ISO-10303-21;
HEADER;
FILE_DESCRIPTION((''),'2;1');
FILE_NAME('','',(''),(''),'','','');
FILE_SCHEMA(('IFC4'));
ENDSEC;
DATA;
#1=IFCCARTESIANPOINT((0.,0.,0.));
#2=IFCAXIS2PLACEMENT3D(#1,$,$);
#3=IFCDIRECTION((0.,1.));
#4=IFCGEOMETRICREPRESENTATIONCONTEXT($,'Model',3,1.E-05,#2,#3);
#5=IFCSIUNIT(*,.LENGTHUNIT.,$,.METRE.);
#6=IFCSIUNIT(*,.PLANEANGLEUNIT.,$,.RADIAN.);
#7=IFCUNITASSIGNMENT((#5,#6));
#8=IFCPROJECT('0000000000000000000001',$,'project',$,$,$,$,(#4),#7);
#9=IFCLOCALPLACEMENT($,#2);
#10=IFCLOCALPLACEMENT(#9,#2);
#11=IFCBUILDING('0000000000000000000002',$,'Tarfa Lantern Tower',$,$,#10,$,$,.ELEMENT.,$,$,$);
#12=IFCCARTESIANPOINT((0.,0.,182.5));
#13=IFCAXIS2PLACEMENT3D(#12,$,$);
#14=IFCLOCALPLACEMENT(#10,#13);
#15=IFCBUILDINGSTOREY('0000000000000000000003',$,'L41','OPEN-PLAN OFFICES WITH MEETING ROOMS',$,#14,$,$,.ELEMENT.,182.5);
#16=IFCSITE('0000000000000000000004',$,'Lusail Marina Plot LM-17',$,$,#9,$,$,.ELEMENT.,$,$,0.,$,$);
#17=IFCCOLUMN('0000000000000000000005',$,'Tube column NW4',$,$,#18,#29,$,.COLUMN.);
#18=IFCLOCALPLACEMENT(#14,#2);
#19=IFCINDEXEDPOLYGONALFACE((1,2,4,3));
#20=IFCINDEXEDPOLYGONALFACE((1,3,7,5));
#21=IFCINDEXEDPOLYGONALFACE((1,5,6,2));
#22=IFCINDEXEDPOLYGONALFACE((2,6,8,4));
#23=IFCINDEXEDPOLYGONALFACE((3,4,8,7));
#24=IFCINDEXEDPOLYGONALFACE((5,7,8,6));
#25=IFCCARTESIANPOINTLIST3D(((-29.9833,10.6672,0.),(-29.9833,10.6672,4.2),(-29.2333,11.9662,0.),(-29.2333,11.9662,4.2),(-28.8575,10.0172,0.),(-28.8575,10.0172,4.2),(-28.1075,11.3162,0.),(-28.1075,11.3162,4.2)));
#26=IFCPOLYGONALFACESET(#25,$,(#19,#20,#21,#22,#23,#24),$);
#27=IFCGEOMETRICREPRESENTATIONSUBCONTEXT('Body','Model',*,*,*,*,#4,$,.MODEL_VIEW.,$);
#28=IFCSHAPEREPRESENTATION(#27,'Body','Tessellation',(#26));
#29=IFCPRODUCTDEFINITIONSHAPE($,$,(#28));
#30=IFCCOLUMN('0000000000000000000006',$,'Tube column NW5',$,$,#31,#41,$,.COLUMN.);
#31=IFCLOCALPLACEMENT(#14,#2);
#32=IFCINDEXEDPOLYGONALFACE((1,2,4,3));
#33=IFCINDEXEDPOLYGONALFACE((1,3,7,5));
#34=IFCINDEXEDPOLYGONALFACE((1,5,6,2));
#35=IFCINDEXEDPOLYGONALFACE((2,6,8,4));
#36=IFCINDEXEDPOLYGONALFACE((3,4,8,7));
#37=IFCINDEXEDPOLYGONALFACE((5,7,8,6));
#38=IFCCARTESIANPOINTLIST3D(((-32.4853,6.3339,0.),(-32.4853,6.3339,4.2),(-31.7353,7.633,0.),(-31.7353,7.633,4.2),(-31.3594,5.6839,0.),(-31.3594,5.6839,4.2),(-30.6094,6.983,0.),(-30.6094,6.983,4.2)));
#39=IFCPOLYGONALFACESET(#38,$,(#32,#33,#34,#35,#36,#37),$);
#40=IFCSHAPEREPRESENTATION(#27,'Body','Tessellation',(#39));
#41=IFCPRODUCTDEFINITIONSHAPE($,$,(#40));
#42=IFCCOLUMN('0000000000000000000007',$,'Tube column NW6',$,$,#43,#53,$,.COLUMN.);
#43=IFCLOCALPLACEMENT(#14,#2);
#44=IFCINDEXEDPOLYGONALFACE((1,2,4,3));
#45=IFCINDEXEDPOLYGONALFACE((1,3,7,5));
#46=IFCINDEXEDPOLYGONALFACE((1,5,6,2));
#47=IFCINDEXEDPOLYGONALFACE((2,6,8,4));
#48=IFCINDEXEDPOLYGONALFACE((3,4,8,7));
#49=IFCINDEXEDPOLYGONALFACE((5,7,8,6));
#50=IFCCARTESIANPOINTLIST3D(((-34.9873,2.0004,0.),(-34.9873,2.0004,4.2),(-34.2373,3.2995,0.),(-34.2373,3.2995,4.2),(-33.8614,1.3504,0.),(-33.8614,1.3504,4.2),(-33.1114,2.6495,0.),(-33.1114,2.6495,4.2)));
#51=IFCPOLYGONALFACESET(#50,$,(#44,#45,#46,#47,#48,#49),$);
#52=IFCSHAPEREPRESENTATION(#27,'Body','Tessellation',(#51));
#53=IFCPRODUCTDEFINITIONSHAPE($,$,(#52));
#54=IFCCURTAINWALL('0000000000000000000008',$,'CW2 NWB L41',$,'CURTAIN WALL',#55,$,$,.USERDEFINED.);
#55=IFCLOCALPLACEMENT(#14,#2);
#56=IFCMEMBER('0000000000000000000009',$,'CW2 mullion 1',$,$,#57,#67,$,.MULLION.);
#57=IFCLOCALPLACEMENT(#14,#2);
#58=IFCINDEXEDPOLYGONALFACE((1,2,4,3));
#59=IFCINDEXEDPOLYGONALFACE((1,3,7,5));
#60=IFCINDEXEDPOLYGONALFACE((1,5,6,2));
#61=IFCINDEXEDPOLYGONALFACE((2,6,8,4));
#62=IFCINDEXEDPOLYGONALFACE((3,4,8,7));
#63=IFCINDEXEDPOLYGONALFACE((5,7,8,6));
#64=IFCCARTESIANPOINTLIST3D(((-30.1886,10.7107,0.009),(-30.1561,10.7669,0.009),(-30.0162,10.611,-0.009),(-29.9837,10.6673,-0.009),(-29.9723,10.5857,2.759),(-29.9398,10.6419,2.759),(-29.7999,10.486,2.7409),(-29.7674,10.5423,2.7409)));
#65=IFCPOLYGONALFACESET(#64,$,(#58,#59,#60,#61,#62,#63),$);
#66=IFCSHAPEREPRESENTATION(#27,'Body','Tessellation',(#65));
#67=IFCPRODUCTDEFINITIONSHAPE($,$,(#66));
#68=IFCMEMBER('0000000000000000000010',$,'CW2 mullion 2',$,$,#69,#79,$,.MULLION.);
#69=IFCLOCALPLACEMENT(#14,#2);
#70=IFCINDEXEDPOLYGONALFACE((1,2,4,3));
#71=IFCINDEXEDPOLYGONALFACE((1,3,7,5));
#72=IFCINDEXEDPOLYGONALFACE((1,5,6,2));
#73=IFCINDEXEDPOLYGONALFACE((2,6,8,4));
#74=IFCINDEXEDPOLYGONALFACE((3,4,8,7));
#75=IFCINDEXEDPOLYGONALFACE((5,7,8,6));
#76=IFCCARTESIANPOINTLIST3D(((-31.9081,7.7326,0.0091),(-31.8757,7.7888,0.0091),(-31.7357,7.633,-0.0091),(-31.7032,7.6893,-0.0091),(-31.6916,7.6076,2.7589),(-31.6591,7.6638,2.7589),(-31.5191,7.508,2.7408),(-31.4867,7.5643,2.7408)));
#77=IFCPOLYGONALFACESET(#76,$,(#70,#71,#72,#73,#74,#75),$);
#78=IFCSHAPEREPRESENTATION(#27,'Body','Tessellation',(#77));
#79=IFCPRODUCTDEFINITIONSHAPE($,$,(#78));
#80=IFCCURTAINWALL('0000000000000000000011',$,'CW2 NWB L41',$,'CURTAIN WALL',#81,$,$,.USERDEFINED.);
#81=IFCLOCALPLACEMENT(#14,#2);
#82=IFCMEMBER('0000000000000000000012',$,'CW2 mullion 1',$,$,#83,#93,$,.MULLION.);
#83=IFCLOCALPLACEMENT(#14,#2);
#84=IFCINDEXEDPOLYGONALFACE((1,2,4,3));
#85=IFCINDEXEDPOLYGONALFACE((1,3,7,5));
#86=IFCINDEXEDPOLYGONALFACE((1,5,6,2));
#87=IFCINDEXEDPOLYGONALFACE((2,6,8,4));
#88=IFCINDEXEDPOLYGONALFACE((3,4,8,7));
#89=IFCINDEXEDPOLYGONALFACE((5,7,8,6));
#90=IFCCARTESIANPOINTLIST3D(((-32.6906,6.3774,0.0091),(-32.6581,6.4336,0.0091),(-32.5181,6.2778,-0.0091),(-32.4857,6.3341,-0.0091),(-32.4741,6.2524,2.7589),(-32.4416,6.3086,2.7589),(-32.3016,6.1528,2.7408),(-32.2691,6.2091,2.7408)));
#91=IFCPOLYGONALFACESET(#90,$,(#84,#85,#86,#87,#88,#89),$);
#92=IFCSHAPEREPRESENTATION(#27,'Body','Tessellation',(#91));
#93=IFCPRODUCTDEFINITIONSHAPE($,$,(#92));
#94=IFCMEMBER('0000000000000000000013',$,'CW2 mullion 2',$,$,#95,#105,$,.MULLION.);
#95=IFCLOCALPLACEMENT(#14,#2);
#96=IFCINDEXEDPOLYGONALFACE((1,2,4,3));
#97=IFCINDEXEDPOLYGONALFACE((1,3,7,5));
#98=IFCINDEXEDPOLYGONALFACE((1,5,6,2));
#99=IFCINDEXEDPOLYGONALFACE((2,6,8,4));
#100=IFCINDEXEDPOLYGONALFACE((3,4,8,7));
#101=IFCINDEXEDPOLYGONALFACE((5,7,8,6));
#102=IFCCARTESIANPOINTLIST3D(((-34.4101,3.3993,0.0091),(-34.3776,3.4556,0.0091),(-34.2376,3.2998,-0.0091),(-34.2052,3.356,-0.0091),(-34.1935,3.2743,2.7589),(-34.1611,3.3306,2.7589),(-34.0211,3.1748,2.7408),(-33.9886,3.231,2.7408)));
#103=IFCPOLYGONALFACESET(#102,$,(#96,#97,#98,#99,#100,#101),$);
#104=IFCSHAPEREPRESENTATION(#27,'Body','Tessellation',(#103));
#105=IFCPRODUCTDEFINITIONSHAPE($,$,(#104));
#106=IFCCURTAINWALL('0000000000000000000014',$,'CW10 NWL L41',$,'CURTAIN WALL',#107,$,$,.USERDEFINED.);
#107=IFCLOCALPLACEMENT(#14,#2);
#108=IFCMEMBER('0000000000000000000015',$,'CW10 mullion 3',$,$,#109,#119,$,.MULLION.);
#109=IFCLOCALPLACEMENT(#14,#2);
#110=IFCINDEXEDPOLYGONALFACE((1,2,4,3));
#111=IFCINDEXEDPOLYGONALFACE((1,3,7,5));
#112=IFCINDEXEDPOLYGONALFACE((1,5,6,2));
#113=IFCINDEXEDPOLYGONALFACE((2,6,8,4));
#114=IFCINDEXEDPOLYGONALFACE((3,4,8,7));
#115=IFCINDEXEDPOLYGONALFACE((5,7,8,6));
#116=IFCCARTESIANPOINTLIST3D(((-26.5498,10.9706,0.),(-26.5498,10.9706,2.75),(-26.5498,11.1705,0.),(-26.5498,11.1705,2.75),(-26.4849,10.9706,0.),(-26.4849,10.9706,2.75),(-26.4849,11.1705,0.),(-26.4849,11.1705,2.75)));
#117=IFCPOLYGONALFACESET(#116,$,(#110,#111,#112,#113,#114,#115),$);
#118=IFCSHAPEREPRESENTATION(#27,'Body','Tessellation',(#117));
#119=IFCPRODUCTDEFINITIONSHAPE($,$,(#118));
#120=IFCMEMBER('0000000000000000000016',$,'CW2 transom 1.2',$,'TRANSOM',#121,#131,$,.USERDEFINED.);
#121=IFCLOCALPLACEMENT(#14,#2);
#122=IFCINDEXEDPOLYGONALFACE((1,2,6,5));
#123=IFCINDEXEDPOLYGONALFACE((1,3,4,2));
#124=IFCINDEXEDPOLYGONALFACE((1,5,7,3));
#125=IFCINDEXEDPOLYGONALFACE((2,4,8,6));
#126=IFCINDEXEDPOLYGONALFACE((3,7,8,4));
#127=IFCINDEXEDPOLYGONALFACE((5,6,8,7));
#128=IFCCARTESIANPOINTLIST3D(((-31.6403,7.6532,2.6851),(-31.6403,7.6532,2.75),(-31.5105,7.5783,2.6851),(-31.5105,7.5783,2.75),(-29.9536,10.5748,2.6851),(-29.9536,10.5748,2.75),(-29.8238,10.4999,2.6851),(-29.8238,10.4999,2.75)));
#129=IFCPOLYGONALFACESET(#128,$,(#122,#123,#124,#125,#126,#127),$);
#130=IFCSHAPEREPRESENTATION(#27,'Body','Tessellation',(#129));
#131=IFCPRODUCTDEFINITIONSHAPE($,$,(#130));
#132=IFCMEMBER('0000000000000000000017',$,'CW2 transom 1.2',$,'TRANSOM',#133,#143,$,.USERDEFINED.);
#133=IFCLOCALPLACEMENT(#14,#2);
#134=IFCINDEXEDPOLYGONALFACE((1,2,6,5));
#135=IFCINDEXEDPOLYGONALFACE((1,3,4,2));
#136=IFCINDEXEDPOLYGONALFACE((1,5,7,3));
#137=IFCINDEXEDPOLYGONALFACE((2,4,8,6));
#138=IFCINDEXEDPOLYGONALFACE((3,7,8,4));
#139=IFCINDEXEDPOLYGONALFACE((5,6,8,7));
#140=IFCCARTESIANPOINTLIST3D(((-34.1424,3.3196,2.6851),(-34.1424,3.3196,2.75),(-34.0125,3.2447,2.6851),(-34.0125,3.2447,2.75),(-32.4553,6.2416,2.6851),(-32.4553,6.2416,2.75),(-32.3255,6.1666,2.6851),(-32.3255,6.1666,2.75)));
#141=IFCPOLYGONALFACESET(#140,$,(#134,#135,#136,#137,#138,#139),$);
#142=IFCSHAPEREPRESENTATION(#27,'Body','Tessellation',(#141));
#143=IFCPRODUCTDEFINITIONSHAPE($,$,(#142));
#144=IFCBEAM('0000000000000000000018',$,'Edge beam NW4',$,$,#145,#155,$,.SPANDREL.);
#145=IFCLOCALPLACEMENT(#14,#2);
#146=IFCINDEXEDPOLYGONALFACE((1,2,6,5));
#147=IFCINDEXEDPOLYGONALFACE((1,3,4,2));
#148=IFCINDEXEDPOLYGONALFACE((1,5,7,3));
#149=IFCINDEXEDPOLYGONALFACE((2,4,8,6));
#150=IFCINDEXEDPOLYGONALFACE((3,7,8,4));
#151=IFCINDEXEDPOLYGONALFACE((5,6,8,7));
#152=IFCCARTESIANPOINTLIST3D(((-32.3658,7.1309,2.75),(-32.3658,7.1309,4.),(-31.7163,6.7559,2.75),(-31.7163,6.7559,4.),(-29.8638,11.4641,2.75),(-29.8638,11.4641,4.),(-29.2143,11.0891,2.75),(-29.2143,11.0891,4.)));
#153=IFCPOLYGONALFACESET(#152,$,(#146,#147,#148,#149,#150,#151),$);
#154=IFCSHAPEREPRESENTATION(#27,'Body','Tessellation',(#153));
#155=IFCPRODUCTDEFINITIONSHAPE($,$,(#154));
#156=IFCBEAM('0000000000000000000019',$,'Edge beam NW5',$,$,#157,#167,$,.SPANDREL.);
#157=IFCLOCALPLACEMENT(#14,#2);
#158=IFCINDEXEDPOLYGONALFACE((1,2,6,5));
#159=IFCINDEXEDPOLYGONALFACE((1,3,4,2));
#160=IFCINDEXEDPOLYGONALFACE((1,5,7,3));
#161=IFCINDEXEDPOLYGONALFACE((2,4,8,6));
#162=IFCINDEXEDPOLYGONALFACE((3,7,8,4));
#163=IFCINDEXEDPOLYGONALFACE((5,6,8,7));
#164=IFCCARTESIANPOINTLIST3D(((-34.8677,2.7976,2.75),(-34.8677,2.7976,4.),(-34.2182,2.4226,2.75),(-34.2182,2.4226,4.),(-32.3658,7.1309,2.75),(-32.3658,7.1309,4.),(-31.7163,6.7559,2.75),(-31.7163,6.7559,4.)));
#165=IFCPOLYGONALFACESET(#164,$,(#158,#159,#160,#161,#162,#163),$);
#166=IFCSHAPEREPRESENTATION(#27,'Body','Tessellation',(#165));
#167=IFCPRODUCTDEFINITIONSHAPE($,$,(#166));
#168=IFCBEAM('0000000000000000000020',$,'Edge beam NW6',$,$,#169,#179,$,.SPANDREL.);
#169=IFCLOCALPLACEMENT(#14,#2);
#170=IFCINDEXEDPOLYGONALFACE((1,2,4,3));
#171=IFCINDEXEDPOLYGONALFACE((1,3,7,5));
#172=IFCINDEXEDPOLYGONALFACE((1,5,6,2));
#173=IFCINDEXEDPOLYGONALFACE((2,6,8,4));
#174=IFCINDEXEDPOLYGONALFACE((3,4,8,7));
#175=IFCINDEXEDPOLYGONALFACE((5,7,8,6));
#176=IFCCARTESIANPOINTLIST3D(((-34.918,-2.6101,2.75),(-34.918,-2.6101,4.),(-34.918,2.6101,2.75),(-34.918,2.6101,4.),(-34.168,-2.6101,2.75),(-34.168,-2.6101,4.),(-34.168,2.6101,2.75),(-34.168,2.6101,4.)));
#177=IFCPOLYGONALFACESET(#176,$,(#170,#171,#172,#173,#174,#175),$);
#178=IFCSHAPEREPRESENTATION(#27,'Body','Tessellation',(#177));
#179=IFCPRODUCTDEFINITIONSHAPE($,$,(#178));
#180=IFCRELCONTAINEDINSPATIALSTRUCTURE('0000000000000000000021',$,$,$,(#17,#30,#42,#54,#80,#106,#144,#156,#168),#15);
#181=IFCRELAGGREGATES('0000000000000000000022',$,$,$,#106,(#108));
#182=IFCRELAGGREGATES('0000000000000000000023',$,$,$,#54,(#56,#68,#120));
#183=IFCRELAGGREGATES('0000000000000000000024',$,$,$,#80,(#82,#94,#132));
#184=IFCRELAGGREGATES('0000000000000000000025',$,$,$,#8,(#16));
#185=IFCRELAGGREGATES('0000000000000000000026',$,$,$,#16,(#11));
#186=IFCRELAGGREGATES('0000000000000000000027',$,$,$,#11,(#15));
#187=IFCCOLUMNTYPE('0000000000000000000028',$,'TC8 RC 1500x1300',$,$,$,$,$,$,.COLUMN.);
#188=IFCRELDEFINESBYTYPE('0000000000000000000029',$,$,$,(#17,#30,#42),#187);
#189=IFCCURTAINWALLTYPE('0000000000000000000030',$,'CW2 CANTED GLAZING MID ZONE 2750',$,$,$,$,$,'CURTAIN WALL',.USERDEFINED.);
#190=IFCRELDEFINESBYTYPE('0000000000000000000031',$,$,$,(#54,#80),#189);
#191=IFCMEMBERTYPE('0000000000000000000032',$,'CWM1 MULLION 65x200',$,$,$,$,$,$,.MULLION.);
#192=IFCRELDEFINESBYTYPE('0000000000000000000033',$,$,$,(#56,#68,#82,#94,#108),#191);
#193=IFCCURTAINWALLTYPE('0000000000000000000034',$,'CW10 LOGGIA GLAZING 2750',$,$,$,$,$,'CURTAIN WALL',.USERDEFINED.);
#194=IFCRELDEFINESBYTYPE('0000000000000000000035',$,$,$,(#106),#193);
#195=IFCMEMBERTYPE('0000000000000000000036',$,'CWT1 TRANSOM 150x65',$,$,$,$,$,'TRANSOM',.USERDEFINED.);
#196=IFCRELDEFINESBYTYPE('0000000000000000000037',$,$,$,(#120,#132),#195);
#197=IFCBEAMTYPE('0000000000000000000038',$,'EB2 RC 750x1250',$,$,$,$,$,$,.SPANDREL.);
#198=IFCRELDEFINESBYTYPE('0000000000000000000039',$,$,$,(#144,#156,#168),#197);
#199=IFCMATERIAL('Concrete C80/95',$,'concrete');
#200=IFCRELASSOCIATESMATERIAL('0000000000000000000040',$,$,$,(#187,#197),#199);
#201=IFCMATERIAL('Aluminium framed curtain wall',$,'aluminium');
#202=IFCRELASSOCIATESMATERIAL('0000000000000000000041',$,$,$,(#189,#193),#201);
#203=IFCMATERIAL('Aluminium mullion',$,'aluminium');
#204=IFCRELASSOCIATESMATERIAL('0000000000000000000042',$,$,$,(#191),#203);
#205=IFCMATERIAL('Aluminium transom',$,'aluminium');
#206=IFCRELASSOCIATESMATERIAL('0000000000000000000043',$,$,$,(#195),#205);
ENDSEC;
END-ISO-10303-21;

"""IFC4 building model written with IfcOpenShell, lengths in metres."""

from ifc_helpers import new_model, si_unit, direction, frame, origin, origin_2d, place, context, subcontext, project, spatial, rectangle, extrude, material, material_profile, profile_set, type_object, element, aggregate, save


model = new_model("IFC4")

# Units and contexts
model_context = context("Model", 3, precision=1e-05, world=origin(), true_north=direction((0.0, 1.0)))
body_context = subcontext(model_context, "Body", "Model", "MODEL_VIEW")
ifc_project = project(units=[si_unit("LENGTHUNIT", "METRE"), si_unit("PLANEANGLEUNIT", "RADIAN")], contexts=[model_context])

# Site, building, storey
site_placement = place(None, origin())
site = spatial("IfcSite", under=ifc_project, at=site_placement, Name="Lusail Marina Plot LM-17", CompositionType="ELEMENT", RefElevation=0.0)
building_placement = place(site_placement, origin())
building = spatial("IfcBuilding", under=site, at=building_placement, Name="Tarfa Lantern Tower", CompositionType="ELEMENT")
storey_placement = place(building_placement, frame((0.0, 0.0, 182.5)))
storey = spatial("IfcBuildingStorey", under=building, at=storey_placement, Name="L41", Description="OPEN-PLAN OFFICES WITH MEETING ROOMS", CompositionType="ELEMENT", Elevation=182.5)

# Columns
ifc_material_1 = material(Name="Concrete C80/95", Category="concrete")
ifc_material_profile_1 = material_profile(ifc_material_1, rectangle(XDim=1.5, YDim=1.3, at=origin_2d()), Name="RC 1500x1300")
ifc_profile_set_1 = profile_set([ifc_material_profile_1], Name="Concrete C80/95")
column_type = type_object("IfcColumnType", Name="TC8 RC 1500x1300", PredefinedType="COLUMN", material=ifc_profile_set_1)
for number, where, z_axis, x_axis, name in (
    (1, (-29.0454, 10.9917, 0.0), (0.0, 0.0, 1.0), (-0.5, -0.866025, 0.0), "Tube column NW4"),
    (2, (-31.5474, 6.6584, 0.0), (0.0, 0.0, 1.0), (-0.5, -0.866025, 0.0), "Tube column NW5"),
    (3, (-34.0493, 2.325, 0.0), (0.0, 0.0, 1.0), (-0.5, -0.866025, 0.0), "Tube column NW6"),
):
    element("IfcColumn", number, at=place(storey_placement, frame(where, z_axis=z_axis, x_axis=x_axis)), inside=storey, type_object=column_type, Name=name, PredefinedType="COLUMN", context=body_context, shape_type="SweptSolid", body=[
        extrude(rectangle(XDim=1.5, YDim=1.3, at=origin_2d()), origin(), (0.0, 0.0, 1.0), 4.2),
    ])

# Curtain walls, members
ifc_material_2 = material(Name="Aluminium framed curtain wall", Category="aluminium")
curtain_wall_type_1 = type_object("IfcCurtainWallType", Name="CW2 CANTED GLAZING MID ZONE 2750", ElementType="CURTAIN WALL", PredefinedType="USERDEFINED", material=ifc_material_2)
curtain_wall_1_placement = place(storey_placement, origin())
curtain_wall_1 = element("IfcCurtainWall", 4, at=curtain_wall_1_placement, inside=storey, type_object=curtain_wall_type_1, Name="CW2 NWB L41", ObjectType="CURTAIN WALL", PredefinedType="USERDEFINED")
ifc_material_3 = material(Name="Aluminium mullion", Category="aluminium")
ifc_material_profile_2 = material_profile(ifc_material_3, rectangle(XDim=0.0649, YDim=0.2, at=origin_2d()), Name="AL MULLION 65x200")
ifc_profile_set_2 = profile_set([ifc_material_profile_2], Name="Aluminium mullion")
member_type_1 = type_object("IfcMemberType", Name="CWM1 MULLION 65x200", PredefinedType="MULLION", material=ifc_profile_set_2)
member_1_placement = place(storey_placement, frame((-30.0862, 10.689, 0.0), z_axis=(0.078335, -0.045268, 0.995899), x_axis=(0.500343, 0.865827, 0.0)))
member_1 = element("IfcMember", 5, at=member_1_placement, type_object=member_type_1, Name="CW2 mullion 1", PredefinedType="MULLION", context=body_context, shape_type="SweptSolid", body=[
    extrude(rectangle(XDim=0.0649, YDim=0.2, at=origin_2d()), origin(), (0.0, 0.0, 1.0), 2.7612),
])
member_2_placement = place(storey_placement, frame((-31.8057, 7.7109, 0.0), z_axis=(0.078423, -0.045268, 0.995892), x_axis=(0.49992, 0.866072, 0.0)))
member_2 = element("IfcMember", 6, at=member_2_placement, type_object=member_type_1, Name="CW2 mullion 2", PredefinedType="MULLION", context=body_context, shape_type="SweptSolid", body=[
    extrude(rectangle(XDim=0.0649, YDim=0.2, at=origin_2d()), origin(), (0.0, 0.0, 1.0), 2.7612),
])
curtain_wall_2_placement = place(storey_placement, origin())
curtain_wall_2 = element("IfcCurtainWall", 7, at=curtain_wall_2_placement, inside=storey, type_object=curtain_wall_type_1, Name="CW2 NWB L41", ObjectType="CURTAIN WALL", PredefinedType="USERDEFINED")
member_3_placement = place(storey_placement, frame((-32.5881, 6.3557, 0.0), z_axis=(0.078423, -0.045268, 0.995892), x_axis=(0.49992, 0.866072, 0.0)))
member_3 = element("IfcMember", 8, at=member_3_placement, type_object=member_type_1, Name="CW2 mullion 1", PredefinedType="MULLION", context=body_context, shape_type="SweptSolid", body=[
    extrude(rectangle(XDim=0.0649, YDim=0.2, at=origin_2d()), origin(), (0.0, 0.0, 1.0), 2.7612),
])
member_4_placement = place(storey_placement, frame((-34.3076, 3.3777, 0.0), z_axis=(0.078423, -0.045268, 0.995892), x_axis=(0.49992, 0.866072, 0.0)))
member_4 = element("IfcMember", 9, at=member_4_placement, type_object=member_type_1, Name="CW2 mullion 2", PredefinedType="MULLION", context=body_context, shape_type="SweptSolid", body=[
    extrude(rectangle(XDim=0.0649, YDim=0.2, at=origin_2d()), origin(), (0.0, 0.0, 1.0), 2.7612),
])

# Curtain wall, member
curtain_wall_type_2 = type_object("IfcCurtainWallType", Name="CW10 LOGGIA GLAZING 2750", ElementType="CURTAIN WALL", PredefinedType="USERDEFINED", material=ifc_material_2)
curtain_wall_3_placement = place(storey_placement, origin())
curtain_wall_3 = element("IfcCurtainWall", 10, at=curtain_wall_3_placement, inside=storey, type_object=curtain_wall_type_2, Name="CW10 NWL L41", ObjectType="CURTAIN WALL", PredefinedType="USERDEFINED")
member_5_placement = place(storey_placement, frame((-26.5173, 11.0706, 0.0), z_axis=(0.0, 0.0, 1.0), x_axis=(1.0, 0.0, 0.0)))
member_5 = element("IfcMember", 11, at=member_5_placement, type_object=member_type_1, Name="CW10 mullion 3", PredefinedType="MULLION", context=body_context, shape_type="SweptSolid", body=[
    extrude(rectangle(XDim=0.0649, YDim=0.2, at=origin_2d()), origin(), (0.0, 0.0, 1.0), 2.75),
])
aggregate(curtain_wall_3, [member_5])

# Members
ifc_material_4 = material(Name="Aluminium transom", Category="aluminium")
ifc_material_profile_3 = material_profile(ifc_material_4, rectangle(XDim=0.1499, YDim=0.0649, at=origin_2d()), Name="AL TRANSOM 150x65")
ifc_profile_set_3 = profile_set([ifc_material_profile_3], Name="Aluminium transom")
member_type_2 = type_object("IfcMemberType", Name="CWT1 TRANSOM 150x65", ElementType="TRANSOM", PredefinedType="USERDEFINED", material=ifc_profile_set_3)
member_6_placement = place(storey_placement, frame((-29.8887, 10.5374, 2.7175), z_axis=(-0.499992, -0.86603, 0.0), x_axis=(0.86603, -0.499992, 0.0)))
member_6 = element("IfcMember", 12, at=member_6_placement, type_object=member_type_2, Name="CW2 transom 1.2", ObjectType="TRANSOM", PredefinedType="USERDEFINED", context=body_context, shape_type="SweptSolid", body=[
    extrude(rectangle(XDim=0.1499, YDim=0.0649, at=origin_2d()), origin(), (0.0, 0.0, 1.0), 3.3735),
])
member_7_placement = place(storey_placement, frame((-32.3904, 6.2041, 2.7175), z_axis=(-0.500015, -0.866017, 0.0), x_axis=(0.866017, -0.500015, 0.0)))
member_7 = element("IfcMember", 13, at=member_7_placement, type_object=member_type_2, Name="CW2 transom 1.2", ObjectType="TRANSOM", PredefinedType="USERDEFINED", context=body_context, shape_type="SweptSolid", body=[
    extrude(rectangle(XDim=0.1499, YDim=0.0649, at=origin_2d()), origin(), (0.0, 0.0, 1.0), 3.374),
])

# Beams
ifc_material_profile_4 = material_profile(ifc_material_1, rectangle(XDim=0.75, YDim=1.25, at=origin_2d()), Name="RC 750x1250")
ifc_profile_set_4 = profile_set([ifc_material_profile_4], Name="Concrete C80/95")
beam_type_1 = type_object("IfcBeamType", Name="EB2 RC 750x1250", PredefinedType="SPANDREL", material=ifc_profile_set_4)
for number, where, z_axis, x_axis, name in (
    (14, (-29.5391, 11.2766, 3.375), (-0.500022, -0.866013, 0.0), (0.866013, -0.500022, 0.0), "Edge beam NW4"),
    (15, (-32.041, 6.9434, 3.375), (-0.500022, -0.866013, 0.0), (0.866013, -0.500022, 0.0), "Edge beam NW5"),
):
    element("IfcBeam", number, at=place(storey_placement, frame(where, z_axis=z_axis, x_axis=x_axis)), inside=storey, type_object=beam_type_1, Name=name, PredefinedType="SPANDREL", context=body_context, shape_type="SweptSolid", body=[
        extrude(rectangle(XDim=0.75, YDim=1.25, at=origin_2d()), origin(), (0.0, 0.0, 1.0), 5.0037),
    ])
beam_1_placement = place(storey_placement, frame((-34.543, 2.6101, 3.375), z_axis=(0.0, -1.0, 0.0), x_axis=(1.0, 0.0, 0.0)))
element("IfcBeam", 16, at=beam_1_placement, inside=storey, type_object=beam_type_1, Name="Edge beam NW6", PredefinedType="SPANDREL", context=body_context, shape_type="SweptSolid", body=[
    extrude(rectangle(XDim=0.75, YDim=1.25, at=origin_2d()), origin(), (0.0, 0.0, 1.0), 5.2202),
])

aggregate(curtain_wall_1, [member_1, member_2, member_6])
aggregate(curtain_wall_2, [member_3, member_4, member_7])

save(model, "model.ifc")
